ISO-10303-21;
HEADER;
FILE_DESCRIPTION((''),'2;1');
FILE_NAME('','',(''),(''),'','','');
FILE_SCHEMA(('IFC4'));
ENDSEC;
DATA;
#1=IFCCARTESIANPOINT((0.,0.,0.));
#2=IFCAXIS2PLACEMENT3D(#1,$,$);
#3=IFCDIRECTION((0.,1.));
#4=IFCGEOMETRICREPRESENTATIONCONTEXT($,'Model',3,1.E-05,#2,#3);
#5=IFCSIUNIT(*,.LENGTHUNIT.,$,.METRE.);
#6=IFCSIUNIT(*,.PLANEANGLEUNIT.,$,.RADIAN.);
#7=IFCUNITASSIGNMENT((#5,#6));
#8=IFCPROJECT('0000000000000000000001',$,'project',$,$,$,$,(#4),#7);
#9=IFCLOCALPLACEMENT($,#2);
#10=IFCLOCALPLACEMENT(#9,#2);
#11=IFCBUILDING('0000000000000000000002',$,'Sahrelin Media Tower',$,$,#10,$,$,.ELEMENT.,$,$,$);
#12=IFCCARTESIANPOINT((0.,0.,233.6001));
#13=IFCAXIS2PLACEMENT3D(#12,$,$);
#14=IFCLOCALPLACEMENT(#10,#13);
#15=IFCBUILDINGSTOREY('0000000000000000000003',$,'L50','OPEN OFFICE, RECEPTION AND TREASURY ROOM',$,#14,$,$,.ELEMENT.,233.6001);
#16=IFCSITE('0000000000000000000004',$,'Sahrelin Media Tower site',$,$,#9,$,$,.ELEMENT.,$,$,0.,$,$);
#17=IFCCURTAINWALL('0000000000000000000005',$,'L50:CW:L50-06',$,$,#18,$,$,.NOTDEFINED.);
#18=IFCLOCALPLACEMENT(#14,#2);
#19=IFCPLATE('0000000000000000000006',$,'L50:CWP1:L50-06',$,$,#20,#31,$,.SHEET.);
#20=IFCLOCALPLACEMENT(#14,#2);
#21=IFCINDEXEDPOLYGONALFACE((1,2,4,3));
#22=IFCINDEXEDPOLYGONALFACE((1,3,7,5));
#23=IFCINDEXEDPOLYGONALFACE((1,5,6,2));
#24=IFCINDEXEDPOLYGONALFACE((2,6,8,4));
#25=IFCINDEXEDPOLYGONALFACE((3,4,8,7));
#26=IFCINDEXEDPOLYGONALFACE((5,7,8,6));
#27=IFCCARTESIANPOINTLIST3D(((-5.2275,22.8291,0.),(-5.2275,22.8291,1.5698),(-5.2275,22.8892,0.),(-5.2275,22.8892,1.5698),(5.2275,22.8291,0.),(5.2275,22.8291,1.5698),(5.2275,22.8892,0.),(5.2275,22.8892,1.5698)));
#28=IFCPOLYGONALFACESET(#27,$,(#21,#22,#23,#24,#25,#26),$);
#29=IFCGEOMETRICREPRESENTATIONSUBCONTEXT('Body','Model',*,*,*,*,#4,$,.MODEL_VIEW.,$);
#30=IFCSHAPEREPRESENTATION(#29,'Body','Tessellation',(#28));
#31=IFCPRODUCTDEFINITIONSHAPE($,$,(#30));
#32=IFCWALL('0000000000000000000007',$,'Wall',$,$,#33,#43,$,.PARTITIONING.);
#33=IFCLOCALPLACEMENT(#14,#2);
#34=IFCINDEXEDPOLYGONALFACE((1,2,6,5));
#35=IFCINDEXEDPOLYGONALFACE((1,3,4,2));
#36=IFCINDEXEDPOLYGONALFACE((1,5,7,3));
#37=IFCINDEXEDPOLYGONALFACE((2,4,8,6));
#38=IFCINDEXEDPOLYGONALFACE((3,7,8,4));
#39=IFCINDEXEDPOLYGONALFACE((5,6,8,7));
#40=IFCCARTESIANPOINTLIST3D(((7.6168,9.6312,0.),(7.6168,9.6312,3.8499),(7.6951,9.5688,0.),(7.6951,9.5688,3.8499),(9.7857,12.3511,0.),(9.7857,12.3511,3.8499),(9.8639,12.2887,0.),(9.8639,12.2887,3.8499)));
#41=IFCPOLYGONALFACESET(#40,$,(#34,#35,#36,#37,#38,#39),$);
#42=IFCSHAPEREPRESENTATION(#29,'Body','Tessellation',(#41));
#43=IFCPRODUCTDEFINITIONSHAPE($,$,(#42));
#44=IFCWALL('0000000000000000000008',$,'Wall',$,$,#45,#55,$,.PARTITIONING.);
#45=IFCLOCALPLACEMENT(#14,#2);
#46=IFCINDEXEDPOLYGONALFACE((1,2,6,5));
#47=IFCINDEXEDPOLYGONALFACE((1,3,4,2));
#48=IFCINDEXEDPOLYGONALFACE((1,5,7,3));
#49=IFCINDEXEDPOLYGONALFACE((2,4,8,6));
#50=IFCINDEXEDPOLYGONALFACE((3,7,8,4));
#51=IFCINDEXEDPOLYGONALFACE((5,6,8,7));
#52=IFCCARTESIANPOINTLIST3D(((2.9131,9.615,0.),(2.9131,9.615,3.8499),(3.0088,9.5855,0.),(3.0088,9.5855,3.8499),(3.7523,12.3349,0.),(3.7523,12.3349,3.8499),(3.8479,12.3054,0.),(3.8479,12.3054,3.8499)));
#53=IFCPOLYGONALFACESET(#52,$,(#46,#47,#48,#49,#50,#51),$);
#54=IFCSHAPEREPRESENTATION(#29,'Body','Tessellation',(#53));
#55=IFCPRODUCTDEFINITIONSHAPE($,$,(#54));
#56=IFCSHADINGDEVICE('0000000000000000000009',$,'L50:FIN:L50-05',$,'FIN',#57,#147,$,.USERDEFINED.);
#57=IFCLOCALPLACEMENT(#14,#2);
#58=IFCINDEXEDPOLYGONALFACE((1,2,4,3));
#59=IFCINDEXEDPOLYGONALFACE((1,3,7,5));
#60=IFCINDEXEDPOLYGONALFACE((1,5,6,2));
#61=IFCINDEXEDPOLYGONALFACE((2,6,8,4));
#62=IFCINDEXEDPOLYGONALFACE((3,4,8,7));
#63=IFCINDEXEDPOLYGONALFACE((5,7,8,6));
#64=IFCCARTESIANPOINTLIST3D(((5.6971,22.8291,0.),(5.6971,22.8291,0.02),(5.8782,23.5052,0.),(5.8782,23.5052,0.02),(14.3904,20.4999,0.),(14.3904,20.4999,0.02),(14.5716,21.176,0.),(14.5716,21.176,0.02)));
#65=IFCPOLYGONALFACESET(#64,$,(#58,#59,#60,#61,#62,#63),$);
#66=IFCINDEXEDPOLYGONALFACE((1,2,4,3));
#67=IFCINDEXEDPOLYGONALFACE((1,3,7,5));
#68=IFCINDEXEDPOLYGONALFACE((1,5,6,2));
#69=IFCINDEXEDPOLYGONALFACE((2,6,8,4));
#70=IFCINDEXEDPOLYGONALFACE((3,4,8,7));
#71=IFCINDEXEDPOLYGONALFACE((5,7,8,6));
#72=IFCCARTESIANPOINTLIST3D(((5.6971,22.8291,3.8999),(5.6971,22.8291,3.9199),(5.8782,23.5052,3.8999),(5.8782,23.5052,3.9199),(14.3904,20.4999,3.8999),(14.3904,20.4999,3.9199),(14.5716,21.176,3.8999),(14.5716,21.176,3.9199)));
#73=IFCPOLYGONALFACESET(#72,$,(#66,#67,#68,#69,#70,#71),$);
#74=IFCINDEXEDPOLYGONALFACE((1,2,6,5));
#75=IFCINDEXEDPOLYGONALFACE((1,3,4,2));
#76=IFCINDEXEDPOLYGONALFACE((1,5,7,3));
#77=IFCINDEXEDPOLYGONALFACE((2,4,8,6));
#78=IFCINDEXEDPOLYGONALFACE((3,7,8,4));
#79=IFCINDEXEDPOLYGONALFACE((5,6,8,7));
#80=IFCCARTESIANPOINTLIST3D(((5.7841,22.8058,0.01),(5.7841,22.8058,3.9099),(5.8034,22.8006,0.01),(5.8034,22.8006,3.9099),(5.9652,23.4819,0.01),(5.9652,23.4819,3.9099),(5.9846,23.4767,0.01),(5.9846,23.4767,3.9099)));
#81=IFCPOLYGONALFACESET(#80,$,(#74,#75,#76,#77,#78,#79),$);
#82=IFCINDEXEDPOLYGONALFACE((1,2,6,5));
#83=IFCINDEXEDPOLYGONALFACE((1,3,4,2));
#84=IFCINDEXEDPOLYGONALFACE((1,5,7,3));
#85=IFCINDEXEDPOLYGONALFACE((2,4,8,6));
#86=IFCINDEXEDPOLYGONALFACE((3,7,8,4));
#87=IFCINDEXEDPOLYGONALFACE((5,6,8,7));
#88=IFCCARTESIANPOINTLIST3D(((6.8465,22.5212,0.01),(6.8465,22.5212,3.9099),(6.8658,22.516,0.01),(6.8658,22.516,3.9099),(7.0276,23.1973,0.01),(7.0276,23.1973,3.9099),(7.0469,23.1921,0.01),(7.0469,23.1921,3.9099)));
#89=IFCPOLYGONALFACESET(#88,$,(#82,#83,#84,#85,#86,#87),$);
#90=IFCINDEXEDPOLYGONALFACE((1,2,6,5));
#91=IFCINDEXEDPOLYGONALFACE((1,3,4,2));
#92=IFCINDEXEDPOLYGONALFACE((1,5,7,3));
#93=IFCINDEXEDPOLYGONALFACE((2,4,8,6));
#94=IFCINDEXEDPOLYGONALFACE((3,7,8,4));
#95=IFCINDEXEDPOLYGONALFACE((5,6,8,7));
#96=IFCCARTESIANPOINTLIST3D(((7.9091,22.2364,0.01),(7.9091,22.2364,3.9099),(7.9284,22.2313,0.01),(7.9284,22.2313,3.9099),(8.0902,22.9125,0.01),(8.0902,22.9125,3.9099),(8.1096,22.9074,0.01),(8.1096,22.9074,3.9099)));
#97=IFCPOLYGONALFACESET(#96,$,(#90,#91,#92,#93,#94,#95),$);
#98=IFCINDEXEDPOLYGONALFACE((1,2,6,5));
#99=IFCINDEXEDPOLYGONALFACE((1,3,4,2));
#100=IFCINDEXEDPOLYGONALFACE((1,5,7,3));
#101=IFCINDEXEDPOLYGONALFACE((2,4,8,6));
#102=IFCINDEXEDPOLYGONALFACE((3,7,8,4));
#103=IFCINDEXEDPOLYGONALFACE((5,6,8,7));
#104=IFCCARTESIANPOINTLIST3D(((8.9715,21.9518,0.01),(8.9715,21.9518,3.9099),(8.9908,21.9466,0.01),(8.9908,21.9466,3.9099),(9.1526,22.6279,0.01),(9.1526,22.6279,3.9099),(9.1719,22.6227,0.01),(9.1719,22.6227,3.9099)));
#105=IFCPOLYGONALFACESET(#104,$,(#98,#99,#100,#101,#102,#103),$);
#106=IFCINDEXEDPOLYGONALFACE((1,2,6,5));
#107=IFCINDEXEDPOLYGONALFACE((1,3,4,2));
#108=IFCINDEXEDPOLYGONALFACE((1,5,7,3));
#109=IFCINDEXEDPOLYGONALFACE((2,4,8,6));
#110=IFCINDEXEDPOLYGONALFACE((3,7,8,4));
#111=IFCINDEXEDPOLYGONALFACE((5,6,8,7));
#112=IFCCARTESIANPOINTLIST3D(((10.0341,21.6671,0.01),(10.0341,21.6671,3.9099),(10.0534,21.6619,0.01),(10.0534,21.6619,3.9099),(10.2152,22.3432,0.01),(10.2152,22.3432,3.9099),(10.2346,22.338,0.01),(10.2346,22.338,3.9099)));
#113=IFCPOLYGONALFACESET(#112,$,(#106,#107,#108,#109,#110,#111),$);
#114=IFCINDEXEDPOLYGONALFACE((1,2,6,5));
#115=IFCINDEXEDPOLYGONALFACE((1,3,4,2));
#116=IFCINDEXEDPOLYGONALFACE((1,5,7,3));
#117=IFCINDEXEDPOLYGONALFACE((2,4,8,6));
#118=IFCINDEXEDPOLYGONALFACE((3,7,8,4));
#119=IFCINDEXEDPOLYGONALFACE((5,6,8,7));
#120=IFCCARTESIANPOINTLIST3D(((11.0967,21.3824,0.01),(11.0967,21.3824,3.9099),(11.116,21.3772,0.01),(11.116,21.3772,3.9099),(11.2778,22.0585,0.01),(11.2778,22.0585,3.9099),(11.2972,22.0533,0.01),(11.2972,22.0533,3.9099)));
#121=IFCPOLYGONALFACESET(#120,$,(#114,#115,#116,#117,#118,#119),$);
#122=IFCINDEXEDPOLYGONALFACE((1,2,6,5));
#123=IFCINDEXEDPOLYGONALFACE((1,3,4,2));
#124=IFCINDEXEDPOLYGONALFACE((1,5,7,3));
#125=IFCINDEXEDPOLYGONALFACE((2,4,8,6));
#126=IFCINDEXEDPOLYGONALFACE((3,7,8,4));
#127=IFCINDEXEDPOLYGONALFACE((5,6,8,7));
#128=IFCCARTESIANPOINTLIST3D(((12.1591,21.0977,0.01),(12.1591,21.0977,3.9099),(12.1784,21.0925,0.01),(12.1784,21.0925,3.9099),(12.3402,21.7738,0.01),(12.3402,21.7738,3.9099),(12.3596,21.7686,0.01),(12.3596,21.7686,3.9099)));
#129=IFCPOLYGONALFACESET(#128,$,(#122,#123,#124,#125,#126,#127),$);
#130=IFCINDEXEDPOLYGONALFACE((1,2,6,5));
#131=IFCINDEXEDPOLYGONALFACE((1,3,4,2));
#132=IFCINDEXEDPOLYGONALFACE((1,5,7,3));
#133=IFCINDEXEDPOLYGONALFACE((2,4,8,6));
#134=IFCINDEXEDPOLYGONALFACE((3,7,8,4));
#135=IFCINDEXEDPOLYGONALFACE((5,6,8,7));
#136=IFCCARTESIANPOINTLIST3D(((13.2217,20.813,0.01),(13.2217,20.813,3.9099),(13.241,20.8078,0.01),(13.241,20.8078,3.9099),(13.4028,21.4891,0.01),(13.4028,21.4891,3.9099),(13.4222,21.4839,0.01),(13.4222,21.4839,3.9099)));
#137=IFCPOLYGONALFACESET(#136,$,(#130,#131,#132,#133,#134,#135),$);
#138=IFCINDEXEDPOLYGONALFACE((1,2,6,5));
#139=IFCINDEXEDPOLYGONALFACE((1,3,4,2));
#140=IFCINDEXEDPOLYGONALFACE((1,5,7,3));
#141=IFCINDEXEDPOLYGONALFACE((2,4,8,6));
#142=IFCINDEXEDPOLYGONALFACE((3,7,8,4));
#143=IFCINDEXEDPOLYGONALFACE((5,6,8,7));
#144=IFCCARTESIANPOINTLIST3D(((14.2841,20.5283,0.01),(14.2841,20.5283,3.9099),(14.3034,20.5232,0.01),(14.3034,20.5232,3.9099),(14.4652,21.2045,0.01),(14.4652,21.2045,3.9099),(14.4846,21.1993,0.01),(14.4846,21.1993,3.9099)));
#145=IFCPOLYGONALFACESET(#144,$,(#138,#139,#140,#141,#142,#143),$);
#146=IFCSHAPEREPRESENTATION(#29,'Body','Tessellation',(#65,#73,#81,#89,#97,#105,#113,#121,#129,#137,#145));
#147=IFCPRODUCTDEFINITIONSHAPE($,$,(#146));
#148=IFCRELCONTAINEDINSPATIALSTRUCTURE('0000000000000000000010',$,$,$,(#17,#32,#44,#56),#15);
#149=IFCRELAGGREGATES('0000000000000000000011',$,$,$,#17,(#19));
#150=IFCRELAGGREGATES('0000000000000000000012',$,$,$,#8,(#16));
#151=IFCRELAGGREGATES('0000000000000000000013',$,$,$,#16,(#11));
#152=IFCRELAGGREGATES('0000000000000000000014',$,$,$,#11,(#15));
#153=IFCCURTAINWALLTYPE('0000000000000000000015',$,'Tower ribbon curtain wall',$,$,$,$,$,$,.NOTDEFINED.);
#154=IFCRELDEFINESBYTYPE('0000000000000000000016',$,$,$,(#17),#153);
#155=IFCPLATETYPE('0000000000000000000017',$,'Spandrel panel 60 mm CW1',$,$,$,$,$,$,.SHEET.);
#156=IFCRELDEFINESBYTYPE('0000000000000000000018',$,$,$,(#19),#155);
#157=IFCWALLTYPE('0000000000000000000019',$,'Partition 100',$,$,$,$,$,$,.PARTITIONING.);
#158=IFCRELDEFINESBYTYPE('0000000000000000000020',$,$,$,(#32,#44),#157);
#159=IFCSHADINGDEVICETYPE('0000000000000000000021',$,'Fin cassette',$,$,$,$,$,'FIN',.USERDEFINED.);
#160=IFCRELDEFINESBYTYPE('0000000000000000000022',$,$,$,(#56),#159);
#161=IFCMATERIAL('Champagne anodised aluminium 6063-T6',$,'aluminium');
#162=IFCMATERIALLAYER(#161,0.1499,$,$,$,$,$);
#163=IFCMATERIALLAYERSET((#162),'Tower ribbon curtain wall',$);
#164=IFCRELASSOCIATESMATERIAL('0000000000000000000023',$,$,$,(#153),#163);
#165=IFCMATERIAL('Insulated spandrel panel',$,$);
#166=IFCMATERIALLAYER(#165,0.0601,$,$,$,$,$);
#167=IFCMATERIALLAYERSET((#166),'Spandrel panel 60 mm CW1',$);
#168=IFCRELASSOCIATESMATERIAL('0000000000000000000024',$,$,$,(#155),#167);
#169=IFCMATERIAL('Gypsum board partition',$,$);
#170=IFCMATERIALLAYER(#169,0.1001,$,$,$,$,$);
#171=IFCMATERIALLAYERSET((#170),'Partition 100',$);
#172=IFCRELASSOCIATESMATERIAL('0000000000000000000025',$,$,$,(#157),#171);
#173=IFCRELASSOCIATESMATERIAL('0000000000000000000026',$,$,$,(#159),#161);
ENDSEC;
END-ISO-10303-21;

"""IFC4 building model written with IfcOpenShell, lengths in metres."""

from ifc_helpers import new_model, si_unit, direction, frame, frame_2d, origin, origin_2d, place, context, subcontext, project, spatial, polyline, rectangle, outline, extrude, material, layer, layer_set, type_object, element, aggregate, save


model = new_model("IFC4")

# Units and contexts
model_context = context("Model", 3, precision=1e-05, world=origin(), true_north=direction((0.0, 1.0)))
body_context = subcontext(model_context, "Body", "Model", "MODEL_VIEW")
ifc_project = project(units=[si_unit("LENGTHUNIT", "METRE"), si_unit("PLANEANGLEUNIT", "RADIAN")], contexts=[model_context])

# Site, building, storey
site_placement = place(None, origin())
site = spatial("IfcSite", under=ifc_project, at=site_placement, Name="Sahrelin Media Tower site", CompositionType="ELEMENT", RefElevation=0.0)
building_placement = place(site_placement, origin())
building = spatial("IfcBuilding", under=site, at=building_placement, Name="Sahrelin Media Tower", CompositionType="ELEMENT")
storey_placement = place(building_placement, frame((0.0, 0.0, 233.6001)))
storey = spatial("IfcBuildingStorey", under=building, at=storey_placement, Name="L50", Description="OPEN OFFICE, RECEPTION AND TREASURY ROOM", CompositionType="ELEMENT", Elevation=233.6001)

# Shared definitions
ifc_material_1 = material(Name="Champagne anodised aluminium 6063-T6", Category="aluminium")
ifc_layer_1 = layer(ifc_material_1, 0.1499)
ifc_layer_set_1 = layer_set([ifc_layer_1], Name="Tower ribbon curtain wall")
curtain_wall_type = type_object("IfcCurtainWallType", Name="Tower ribbon curtain wall", PredefinedType="NOTDEFINED", material=ifc_layer_set_1)

# Curtain wall, plate
placement_1 = place(storey_placement, frame((0.0, 22.8691, 0.0), z_axis=(0.0, 0.0, 1.0), x_axis=(1.0, 0.0, 0.0)))
curtain_wall_1 = element("IfcCurtainWall", 1, at=placement_1, inside=storey, type_object=curtain_wall_type, Name="L50:CW:L50-06", PredefinedType="NOTDEFINED")
ifc_material_2 = material(Name="Insulated spandrel panel")
ifc_layer_2 = layer(ifc_material_2, 0.0601)
ifc_layer_set_2 = layer_set([ifc_layer_2], Name="Spandrel panel 60 mm CW1")
plate_type_1 = type_object("IfcPlateType", Name="Spandrel panel 60 mm CW1", PredefinedType="SHEET", material=ifc_layer_set_2)
plate_1_placement = place(storey_placement, frame((5.2275, 22.8892, 0.0), z_axis=(0.0, 1.0, 0.0), x_axis=(-1.0, 0.0, 0.0)))
plate_1 = element("IfcPlate", 2, at=plate_1_placement, type_object=plate_type_1, Name="L50:CWP1:L50-06", PredefinedType="SHEET", context=body_context, shape_type="SweptSolid", body=[
    extrude(outline(polyline([(0.0, 0.0), (10.4551, 0.0), (10.4551, 1.5698), (0.0, 1.5698), (0.0, 0.0)])), origin(), (0.0, 0.0, -1.0), 0.0601),
])
aggregate(curtain_wall_1, [plate_1])

# Walls
ifc_material_3 = material(Name="Gypsum board partition")
ifc_layer_3 = layer(ifc_material_3, 0.1001)
ifc_layer_set_3 = layer_set([ifc_layer_3], Name="Partition 100")
wall_type = type_object("IfcWallType", Name="Partition 100", PredefinedType="PARTITIONING", material=ifc_layer_set_3)
wall_1_placement = place(storey_placement, frame((7.656, 9.6001, 0.0), z_axis=(0.0, 0.0, 1.0), x_axis=(0.623462, 0.781854, 0.0)))
element("IfcWall", 3, at=wall_1_placement, inside=storey, type_object=wall_type, Name="Wall", PredefinedType="PARTITIONING", context=body_context, shape_type="SweptSolid", body=[
    extrude(rectangle(XDim=3.4788, YDim=0.1001, at=frame_2d((1.7393, 0.0))), origin(), (0.0, 0.0, 1.0), 3.8499),
])
wall_2_placement = place(storey_placement, frame((2.9609, 9.6001, 0.0), z_axis=(0.0, 0.0, 1.0), x_axis=(0.294791, 0.955562, 0.0)))
element("IfcWall", 4, at=wall_2_placement, inside=storey, type_object=wall_type, Name="Wall", PredefinedType="PARTITIONING", context=body_context, shape_type="SweptSolid", body=[
    extrude(rectangle(XDim=2.8464, YDim=0.1001, at=frame_2d((1.4233, 0.0))), origin(), (0.0, 0.0, 1.0), 3.8499),
])

# Shading device
shading_device_type_1 = type_object("IfcShadingDeviceType", Name="Fin cassette", ElementType="FIN", PredefinedType="USERDEFINED", material=ifc_material_1)
placement_2 = place(storey_placement, frame((10.0256, 21.5969, 0.0), z_axis=(0.0, 0.0, 1.0), x_axis=(0.965929, -0.258808, 0.0)))
element("IfcShadingDevice", 5, at=placement_2, inside=storey, type_object=shading_device_type_1, Name="L50:FIN:L50-05", ObjectType="FIN", PredefinedType="USERDEFINED", context=body_context, shape_type="SweptSolid", body=[
    extrude(rectangle(XDim=9.0, YDim=0.7, at=origin_2d()), frame((0.0, 0.4199, 0.0)), (0.0, 0.0, 1.0), 0.02),
    extrude(rectangle(XDim=9.0, YDim=0.7, at=origin_2d()), frame((0.0, 0.4199, 3.8999)), (0.0, 0.0, 1.0), 0.02),
    extrude(rectangle(XDim=0.02, YDim=0.7, at=origin_2d()), frame((-4.3999, 0.4199, 0.01), z_axis=(0.0, 0.0, 1.0), x_axis=(1.0, 0.0, 0.0)), (0.0, 0.0, 1.0), 3.8999),
    extrude(rectangle(XDim=0.02, YDim=0.7, at=origin_2d()), frame((-3.3, 0.4199, 0.01), z_axis=(0.0, 0.0, 1.0), x_axis=(1.0, 0.0, 0.0)), (0.0, 0.0, 1.0), 3.8999),
    extrude(rectangle(XDim=0.02, YDim=0.7, at=origin_2d()), frame((-2.2, 0.4199, 0.01), z_axis=(0.0, 0.0, 1.0), x_axis=(1.0, 0.0, 0.0)), (0.0, 0.0, 1.0), 3.8999),
    extrude(rectangle(XDim=0.02, YDim=0.7, at=origin_2d()), frame((-1.1001, 0.4199, 0.01), z_axis=(0.0, 0.0, 1.0), x_axis=(1.0, 0.0, 0.0)), (0.0, 0.0, 1.0), 3.8999),
    extrude(rectangle(XDim=0.02, YDim=0.7, at=origin_2d()), frame((0.0, 0.4199, 0.01), z_axis=(0.0, 0.0, 1.0), x_axis=(1.0, 0.0, 0.0)), (0.0, 0.0, 1.0), 3.8999),
    extrude(rectangle(XDim=0.02, YDim=0.7, at=origin_2d()), frame((1.1001, 0.4199, 0.01), z_axis=(0.0, 0.0, 1.0), x_axis=(1.0, 0.0, 0.0)), (0.0, 0.0, 1.0), 3.8999),
    extrude(rectangle(XDim=0.02, YDim=0.7, at=origin_2d()), frame((2.2, 0.4199, 0.01), z_axis=(0.0, 0.0, 1.0), x_axis=(1.0, 0.0, 0.0)), (0.0, 0.0, 1.0), 3.8999),
    extrude(rectangle(XDim=0.02, YDim=0.7, at=origin_2d()), frame((3.3, 0.4199, 0.01), z_axis=(0.0, 0.0, 1.0), x_axis=(1.0, 0.0, 0.0)), (0.0, 0.0, 1.0), 3.8999),
    extrude(rectangle(XDim=0.02, YDim=0.7, at=origin_2d()), frame((4.3999, 0.4199, 0.01), z_axis=(0.0, 0.0, 1.0), x_axis=(1.0, 0.0, 0.0)), (0.0, 0.0, 1.0), 3.8999),
])

save(model, "model.ifc")
